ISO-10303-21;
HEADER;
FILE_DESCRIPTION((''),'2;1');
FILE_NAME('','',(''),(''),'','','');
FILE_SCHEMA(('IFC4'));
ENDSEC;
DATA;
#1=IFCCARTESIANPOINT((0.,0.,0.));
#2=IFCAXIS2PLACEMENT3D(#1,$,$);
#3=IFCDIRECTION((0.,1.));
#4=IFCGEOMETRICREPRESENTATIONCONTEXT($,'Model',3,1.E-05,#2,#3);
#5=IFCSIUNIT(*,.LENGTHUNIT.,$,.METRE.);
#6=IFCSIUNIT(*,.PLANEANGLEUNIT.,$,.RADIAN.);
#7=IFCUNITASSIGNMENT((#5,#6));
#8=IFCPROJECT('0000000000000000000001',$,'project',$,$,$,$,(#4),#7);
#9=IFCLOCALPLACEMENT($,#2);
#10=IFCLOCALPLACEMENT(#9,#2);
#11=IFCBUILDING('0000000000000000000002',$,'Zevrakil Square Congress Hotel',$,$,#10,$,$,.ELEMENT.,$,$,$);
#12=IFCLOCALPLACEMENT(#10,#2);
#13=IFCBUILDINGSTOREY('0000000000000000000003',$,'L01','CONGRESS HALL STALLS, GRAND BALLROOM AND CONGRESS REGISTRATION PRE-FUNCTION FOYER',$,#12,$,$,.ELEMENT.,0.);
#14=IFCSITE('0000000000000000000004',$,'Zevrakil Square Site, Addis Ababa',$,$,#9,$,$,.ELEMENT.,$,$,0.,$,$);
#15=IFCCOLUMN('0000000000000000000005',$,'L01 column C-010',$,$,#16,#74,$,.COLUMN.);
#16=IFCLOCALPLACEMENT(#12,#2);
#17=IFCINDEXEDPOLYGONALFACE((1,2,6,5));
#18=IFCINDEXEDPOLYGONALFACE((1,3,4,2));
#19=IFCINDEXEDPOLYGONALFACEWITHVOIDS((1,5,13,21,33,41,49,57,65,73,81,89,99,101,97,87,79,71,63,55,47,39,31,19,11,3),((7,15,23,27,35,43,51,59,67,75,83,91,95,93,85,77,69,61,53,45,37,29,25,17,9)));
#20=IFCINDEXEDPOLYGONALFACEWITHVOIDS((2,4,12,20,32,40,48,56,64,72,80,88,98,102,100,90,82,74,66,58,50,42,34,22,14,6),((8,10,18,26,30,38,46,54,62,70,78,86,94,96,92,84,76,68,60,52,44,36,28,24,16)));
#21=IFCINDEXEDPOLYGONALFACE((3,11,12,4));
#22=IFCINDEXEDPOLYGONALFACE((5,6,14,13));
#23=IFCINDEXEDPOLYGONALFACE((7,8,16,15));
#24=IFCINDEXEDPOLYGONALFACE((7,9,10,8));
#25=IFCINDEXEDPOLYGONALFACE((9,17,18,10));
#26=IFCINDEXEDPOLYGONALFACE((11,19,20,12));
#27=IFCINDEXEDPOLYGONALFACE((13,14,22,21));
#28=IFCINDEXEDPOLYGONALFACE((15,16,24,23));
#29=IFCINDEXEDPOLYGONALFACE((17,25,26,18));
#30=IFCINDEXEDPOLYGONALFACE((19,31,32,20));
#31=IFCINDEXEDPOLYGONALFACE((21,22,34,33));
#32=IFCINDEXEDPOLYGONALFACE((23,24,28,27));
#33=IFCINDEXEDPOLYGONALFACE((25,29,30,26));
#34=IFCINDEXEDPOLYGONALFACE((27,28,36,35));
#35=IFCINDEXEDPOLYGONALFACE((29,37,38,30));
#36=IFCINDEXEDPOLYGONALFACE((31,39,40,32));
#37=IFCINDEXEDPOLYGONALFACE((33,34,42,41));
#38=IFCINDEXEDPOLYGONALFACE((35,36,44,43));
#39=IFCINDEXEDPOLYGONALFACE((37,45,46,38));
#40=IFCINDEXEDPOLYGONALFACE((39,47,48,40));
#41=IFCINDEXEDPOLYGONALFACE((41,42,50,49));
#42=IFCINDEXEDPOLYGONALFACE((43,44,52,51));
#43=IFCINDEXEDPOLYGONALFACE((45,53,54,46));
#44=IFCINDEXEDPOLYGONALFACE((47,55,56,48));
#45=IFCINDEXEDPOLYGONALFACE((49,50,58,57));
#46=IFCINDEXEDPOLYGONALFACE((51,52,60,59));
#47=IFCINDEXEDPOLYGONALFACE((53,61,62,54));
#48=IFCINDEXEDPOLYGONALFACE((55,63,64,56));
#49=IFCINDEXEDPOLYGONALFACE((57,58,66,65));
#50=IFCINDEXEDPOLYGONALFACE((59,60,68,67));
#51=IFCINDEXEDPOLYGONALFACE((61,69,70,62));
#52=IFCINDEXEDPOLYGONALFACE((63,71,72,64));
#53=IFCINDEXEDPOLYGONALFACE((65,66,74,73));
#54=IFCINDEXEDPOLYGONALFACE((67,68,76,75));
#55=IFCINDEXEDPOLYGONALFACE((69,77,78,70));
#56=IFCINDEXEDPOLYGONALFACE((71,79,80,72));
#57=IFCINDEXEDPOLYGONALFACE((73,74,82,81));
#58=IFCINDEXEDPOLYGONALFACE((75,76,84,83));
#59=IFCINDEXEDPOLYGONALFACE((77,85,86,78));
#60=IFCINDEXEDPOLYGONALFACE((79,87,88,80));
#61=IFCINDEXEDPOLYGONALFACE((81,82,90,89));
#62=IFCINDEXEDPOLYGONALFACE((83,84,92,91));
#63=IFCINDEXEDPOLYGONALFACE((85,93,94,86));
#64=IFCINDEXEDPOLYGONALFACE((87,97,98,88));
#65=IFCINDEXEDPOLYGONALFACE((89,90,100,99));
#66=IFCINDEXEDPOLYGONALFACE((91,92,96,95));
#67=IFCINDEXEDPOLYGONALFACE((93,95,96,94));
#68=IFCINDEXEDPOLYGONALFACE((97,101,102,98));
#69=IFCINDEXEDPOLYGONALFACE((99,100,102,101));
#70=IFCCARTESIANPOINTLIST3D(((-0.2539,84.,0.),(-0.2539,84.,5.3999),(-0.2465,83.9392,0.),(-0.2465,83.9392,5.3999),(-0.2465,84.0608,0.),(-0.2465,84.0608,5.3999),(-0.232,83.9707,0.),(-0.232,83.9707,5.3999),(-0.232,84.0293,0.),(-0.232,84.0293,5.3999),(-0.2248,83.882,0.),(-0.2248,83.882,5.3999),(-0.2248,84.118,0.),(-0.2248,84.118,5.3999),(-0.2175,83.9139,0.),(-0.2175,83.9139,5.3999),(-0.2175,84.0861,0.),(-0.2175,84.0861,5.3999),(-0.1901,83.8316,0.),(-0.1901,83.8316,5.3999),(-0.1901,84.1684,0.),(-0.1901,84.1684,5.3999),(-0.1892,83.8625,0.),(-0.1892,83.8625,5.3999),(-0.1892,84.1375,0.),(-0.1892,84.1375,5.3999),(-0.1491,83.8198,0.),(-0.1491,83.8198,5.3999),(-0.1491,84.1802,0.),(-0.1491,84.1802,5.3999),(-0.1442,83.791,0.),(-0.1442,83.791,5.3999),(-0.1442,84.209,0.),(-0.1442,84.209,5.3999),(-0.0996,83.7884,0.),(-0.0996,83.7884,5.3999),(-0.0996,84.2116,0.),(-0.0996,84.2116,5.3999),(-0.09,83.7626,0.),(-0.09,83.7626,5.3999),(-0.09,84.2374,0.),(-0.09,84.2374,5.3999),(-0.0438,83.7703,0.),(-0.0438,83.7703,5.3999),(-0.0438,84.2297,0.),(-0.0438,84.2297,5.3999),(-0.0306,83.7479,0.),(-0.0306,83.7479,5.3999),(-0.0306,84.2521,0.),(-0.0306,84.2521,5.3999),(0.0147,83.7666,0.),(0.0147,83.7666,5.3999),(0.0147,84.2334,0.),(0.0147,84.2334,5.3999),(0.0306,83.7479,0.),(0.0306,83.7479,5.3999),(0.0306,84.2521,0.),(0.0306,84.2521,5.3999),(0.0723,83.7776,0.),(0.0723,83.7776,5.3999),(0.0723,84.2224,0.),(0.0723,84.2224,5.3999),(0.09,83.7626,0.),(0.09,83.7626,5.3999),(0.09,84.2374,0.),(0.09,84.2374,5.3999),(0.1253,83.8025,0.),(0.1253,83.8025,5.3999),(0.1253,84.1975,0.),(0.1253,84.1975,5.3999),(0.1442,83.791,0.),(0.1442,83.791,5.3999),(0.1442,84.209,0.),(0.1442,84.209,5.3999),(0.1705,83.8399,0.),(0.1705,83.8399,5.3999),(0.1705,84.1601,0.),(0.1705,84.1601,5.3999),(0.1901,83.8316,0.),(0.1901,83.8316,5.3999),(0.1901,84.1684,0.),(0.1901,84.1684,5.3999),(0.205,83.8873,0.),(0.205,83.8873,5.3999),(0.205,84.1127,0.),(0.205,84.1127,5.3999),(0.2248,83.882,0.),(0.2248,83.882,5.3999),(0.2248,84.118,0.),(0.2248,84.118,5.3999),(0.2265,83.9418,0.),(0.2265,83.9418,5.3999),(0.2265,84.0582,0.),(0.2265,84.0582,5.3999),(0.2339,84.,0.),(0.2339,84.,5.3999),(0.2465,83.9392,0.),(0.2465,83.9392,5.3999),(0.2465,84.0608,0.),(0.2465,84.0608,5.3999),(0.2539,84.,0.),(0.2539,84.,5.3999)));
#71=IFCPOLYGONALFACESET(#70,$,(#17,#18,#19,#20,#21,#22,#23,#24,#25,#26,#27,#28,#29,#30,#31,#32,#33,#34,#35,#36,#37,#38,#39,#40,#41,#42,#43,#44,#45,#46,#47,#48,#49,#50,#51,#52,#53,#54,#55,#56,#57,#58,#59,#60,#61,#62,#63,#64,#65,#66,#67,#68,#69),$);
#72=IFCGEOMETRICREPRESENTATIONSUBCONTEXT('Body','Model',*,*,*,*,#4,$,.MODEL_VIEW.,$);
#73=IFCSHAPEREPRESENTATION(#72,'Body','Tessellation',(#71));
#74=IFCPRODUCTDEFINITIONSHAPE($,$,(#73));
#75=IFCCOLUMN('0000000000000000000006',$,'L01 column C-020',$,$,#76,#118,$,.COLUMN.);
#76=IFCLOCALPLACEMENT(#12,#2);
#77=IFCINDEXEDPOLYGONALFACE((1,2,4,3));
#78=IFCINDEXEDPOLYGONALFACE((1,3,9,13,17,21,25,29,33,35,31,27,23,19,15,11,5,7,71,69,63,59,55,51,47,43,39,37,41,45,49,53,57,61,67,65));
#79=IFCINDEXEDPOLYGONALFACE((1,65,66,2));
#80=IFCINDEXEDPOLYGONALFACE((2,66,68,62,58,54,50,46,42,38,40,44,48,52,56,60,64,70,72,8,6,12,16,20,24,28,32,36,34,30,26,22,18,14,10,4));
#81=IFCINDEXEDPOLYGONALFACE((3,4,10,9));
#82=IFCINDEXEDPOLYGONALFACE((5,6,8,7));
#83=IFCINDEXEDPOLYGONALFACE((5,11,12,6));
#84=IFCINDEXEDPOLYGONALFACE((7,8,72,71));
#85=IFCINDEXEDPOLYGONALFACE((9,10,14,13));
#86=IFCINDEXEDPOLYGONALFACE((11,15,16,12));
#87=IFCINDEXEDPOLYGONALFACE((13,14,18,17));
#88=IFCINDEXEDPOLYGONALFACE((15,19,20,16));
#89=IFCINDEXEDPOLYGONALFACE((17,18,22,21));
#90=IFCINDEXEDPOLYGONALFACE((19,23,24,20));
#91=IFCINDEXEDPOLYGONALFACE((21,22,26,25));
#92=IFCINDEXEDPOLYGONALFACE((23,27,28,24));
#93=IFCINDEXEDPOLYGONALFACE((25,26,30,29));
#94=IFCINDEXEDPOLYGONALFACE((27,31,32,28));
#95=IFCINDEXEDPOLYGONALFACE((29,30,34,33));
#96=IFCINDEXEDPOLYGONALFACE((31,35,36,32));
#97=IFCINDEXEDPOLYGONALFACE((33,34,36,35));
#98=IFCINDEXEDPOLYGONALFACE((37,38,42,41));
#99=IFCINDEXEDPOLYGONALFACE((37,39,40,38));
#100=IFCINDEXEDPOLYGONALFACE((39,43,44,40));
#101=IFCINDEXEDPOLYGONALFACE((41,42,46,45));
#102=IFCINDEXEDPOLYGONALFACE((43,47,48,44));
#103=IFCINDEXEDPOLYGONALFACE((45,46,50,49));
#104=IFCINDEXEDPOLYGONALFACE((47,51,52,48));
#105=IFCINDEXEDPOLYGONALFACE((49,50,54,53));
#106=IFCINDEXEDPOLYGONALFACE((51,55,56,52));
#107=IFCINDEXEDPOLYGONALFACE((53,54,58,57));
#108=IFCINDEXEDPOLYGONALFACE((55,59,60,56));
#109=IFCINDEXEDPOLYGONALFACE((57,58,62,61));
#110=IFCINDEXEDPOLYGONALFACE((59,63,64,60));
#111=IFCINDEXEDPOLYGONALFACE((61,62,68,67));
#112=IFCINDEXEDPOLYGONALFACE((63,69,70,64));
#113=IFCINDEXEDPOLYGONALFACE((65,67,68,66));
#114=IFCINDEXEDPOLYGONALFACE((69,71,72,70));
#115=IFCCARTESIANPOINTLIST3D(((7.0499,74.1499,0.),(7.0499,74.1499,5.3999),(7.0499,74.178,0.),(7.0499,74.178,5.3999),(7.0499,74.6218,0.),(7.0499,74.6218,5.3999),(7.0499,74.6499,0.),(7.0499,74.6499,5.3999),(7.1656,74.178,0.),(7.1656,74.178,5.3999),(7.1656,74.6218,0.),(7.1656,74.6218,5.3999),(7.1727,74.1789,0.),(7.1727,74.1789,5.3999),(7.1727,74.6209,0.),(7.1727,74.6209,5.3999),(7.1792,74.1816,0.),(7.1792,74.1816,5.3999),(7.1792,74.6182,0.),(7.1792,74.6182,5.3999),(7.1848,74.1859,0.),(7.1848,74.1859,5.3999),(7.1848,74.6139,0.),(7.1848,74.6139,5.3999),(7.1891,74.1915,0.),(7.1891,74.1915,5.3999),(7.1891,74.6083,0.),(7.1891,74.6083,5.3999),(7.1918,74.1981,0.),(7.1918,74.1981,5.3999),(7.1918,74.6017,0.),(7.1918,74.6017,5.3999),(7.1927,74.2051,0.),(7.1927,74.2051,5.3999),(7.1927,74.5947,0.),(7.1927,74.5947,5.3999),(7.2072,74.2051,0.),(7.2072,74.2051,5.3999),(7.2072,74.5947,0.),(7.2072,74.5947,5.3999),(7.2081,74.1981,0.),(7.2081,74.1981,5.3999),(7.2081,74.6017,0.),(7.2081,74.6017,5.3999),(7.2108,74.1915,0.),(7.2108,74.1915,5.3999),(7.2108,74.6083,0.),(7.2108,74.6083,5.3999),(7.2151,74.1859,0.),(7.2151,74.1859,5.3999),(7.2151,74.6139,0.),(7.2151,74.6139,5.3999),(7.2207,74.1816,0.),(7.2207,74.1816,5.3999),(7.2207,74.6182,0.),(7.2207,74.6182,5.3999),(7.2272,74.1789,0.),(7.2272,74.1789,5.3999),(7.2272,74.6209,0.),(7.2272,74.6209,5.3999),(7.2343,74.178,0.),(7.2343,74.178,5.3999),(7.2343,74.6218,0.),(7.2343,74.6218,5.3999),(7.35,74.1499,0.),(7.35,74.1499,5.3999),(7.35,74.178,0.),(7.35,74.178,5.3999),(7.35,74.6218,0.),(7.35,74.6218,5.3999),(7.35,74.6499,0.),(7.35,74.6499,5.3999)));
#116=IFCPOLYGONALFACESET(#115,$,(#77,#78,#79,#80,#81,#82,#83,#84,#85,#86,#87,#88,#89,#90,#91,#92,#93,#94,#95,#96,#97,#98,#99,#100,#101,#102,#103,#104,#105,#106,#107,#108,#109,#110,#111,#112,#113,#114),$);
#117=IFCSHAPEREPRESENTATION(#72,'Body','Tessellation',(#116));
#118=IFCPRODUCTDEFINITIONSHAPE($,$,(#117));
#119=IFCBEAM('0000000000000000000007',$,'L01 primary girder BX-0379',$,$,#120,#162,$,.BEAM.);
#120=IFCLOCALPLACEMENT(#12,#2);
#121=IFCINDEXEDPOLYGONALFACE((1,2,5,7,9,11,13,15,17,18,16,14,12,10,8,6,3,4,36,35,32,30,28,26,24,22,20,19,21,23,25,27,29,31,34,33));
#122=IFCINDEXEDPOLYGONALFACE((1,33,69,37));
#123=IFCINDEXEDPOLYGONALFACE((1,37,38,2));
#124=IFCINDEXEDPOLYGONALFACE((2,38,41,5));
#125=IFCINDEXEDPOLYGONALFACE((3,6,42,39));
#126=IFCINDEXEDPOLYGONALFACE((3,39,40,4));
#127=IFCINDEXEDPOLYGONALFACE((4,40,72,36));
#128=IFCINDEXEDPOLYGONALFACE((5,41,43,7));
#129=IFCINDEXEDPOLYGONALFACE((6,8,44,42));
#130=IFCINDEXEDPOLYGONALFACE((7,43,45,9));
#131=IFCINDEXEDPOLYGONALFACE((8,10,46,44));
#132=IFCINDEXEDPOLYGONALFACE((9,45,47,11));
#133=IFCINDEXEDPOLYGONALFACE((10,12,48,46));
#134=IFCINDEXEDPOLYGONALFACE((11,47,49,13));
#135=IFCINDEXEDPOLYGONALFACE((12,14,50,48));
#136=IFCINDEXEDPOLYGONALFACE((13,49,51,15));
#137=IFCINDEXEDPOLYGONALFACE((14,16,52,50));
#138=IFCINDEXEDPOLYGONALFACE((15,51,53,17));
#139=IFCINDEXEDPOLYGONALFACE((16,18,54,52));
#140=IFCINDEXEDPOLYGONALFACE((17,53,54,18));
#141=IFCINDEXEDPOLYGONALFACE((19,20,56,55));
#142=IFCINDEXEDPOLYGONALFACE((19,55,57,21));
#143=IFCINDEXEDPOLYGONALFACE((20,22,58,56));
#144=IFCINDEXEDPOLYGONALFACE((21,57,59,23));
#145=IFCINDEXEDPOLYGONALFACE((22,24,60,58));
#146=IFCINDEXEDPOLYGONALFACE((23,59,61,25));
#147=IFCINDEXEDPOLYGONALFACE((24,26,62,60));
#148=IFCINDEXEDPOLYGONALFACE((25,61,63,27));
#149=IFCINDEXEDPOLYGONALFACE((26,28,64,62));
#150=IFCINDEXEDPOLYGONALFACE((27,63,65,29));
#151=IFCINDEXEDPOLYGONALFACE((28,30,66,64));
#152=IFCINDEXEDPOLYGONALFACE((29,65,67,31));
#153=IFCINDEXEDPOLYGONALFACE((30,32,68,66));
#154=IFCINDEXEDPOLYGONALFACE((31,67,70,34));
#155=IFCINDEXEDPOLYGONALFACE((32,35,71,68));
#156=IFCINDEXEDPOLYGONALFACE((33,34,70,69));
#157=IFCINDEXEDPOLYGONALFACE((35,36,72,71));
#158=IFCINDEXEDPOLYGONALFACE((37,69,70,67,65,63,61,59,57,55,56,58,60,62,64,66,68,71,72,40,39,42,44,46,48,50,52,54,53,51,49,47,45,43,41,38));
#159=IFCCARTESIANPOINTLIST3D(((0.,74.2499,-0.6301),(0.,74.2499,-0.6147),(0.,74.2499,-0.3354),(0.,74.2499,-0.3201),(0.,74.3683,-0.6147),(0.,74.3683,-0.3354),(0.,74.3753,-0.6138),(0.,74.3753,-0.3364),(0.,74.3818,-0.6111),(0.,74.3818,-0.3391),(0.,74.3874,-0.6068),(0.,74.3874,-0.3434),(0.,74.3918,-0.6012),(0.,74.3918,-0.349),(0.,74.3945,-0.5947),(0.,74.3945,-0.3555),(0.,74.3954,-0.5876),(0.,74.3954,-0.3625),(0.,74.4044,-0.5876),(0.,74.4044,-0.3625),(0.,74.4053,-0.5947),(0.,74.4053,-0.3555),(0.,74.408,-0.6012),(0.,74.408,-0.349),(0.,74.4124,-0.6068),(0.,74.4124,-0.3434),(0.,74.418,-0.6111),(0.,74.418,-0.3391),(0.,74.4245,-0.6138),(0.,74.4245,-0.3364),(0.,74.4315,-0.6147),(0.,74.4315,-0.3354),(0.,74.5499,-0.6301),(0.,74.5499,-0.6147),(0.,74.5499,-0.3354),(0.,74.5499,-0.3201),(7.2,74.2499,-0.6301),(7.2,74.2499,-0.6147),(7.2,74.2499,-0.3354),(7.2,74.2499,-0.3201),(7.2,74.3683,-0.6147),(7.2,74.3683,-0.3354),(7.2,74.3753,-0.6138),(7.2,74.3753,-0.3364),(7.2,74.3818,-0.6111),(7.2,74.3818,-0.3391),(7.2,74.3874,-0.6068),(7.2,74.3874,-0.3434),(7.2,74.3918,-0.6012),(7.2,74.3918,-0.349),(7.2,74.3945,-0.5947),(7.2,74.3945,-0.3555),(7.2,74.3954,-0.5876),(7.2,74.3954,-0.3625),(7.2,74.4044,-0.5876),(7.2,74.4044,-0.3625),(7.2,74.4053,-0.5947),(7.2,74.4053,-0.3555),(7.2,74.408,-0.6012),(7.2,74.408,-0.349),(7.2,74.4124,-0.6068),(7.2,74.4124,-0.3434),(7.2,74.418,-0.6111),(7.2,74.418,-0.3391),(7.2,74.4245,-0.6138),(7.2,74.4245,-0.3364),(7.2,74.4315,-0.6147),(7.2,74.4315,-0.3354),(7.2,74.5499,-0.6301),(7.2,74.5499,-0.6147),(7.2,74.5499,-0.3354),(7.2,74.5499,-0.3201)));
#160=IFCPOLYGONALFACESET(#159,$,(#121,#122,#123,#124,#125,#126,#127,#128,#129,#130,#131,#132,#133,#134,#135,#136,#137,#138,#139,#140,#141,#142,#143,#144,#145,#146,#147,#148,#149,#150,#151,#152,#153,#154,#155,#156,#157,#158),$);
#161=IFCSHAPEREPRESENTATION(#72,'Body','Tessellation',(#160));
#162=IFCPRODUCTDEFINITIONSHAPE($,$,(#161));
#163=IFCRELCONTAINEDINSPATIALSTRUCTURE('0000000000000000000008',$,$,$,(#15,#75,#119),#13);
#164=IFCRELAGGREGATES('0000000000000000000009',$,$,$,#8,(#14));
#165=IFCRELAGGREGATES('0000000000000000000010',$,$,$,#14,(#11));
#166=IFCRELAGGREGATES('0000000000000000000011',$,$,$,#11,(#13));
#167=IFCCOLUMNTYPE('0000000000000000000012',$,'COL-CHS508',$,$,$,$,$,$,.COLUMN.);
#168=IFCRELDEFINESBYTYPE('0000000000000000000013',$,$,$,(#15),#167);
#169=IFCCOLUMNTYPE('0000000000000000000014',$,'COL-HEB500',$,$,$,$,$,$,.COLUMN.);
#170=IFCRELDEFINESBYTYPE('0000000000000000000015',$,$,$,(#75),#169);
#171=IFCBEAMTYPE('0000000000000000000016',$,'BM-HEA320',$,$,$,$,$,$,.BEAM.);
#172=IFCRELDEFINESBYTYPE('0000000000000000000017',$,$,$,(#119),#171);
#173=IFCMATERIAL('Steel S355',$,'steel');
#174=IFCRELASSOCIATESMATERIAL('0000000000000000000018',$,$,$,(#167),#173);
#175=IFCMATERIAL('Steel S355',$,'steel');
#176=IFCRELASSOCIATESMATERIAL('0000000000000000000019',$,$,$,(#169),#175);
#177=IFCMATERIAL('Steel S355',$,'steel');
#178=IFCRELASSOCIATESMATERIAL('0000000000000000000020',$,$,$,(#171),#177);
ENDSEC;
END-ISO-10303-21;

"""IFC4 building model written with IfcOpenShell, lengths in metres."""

from ifc_helpers import new_model, si_unit, direction, frame, origin, origin_2d, place, context, subcontext, project, spatial, hollow_circle, i_section, extrude, material, material_profile, profile_set, type_object, element, save


model = new_model("IFC4")

# Units and contexts
model_context = context("Model", 3, precision=1e-05, world=origin(), true_north=direction((0.0, 1.0)))
body_context = subcontext(model_context, "Body", "Model", "MODEL_VIEW")
ifc_project = project(units=[si_unit("LENGTHUNIT", "METRE"), si_unit("PLANEANGLEUNIT", "RADIAN")], contexts=[model_context])

# Site, building, storey
site_placement = place(None, origin())
site = spatial("IfcSite", under=ifc_project, at=site_placement, Name="Zevrakil Square Site, Addis Ababa", CompositionType="ELEMENT", RefElevation=0.0)
building_placement = place(site_placement, origin())
building = spatial("IfcBuilding", under=site, at=building_placement, Name="Zevrakil Square Congress Hotel", CompositionType="ELEMENT")
storey_placement = place(building_placement, origin())
storey = spatial("IfcBuildingStorey", under=building, at=storey_placement, Name="L01", Description="CONGRESS HALL STALLS, GRAND BALLROOM AND CONGRESS REGISTRATION PRE-FUNCTION FOYER", CompositionType="ELEMENT", Elevation=0.0)

# Columns
ifc_material_1 = material(Name="Steel S355", Category="steel")
ifc_material_profile_1 = material_profile(ifc_material_1, hollow_circle(Radius=0.2539, WallThickness=0.02, at=origin_2d()), Name="CHS 508x20")
ifc_profile_set_1 = profile_set([ifc_material_profile_1], Name="Steel S355")
column_type_1 = type_object("IfcColumnType", Name="COL-CHS508", PredefinedType="COLUMN", material=ifc_profile_set_1)
for number, where, z_axis, x_axis, name in (
    (1, (0.0, 84.0, 0.0), (0.0, 0.0, 1.0), (1.0, 0.0, 0.0), "L01 column C-010"),
):
    element("IfcColumn", number, at=place(storey_placement, frame(where, z_axis=z_axis, x_axis=x_axis)), inside=storey, type_object=column_type_1, Name=name, PredefinedType="COLUMN", context=body_context, shape_type="SweptSolid", body=[
        extrude(hollow_circle(Radius=0.2539, WallThickness=0.02, at=origin_2d()), origin(), (0.0, 0.0, 1.0), 5.3999),
    ])
ifc_material_2 = material(Name="Steel S355", Category="steel")
ifc_material_profile_2 = material_profile(ifc_material_2, i_section(OverallWidth=0.3, OverallDepth=0.5, WebThickness=0.0144, FlangeThickness=0.0281, FilletRadius=0.0271, at=origin_2d()), Name="HEB 500")
ifc_profile_set_2 = profile_set([ifc_material_profile_2], Name="Steel S355")
column_type_2 = type_object("IfcColumnType", Name="COL-HEB500", PredefinedType="COLUMN", material=ifc_profile_set_2)
column_placement = place(storey_placement, frame((7.2, 74.3999, 0.0), z_axis=(0.0, 0.0, 1.0), x_axis=(1.0, 0.0, 0.0)))
element("IfcColumn", 2, at=column_placement, inside=storey, type_object=column_type_2, Name="L01 column C-020", PredefinedType="COLUMN", context=body_context, shape_type="SweptSolid", body=[
    extrude(i_section(OverallWidth=0.3, OverallDepth=0.5, WebThickness=0.0144, FlangeThickness=0.0281, FilletRadius=0.0271, at=origin_2d()), origin(), (0.0, 0.0, 1.0), 5.3999),
])

# Beam
ifc_material_3 = material(Name="Steel S355", Category="steel")
ifc_material_profile_3 = material_profile(ifc_material_3, i_section(OverallWidth=0.3, OverallDepth=0.3101, WebThickness=0.009, FlangeThickness=0.0154, FilletRadius=0.0271, at=origin_2d()), Name="HEA 320")
ifc_profile_set_3 = profile_set([ifc_material_profile_3], Name="Steel S355")
beam_type_1 = type_object("IfcBeamType", Name="BM-HEA320", PredefinedType="BEAM", material=ifc_profile_set_3)
for number, where, z_axis, x_axis, name in (
    (3, (0.0, 74.3999, -0.4751), (1.0, 0.0, 0.0), (0.0, 1.0, 0.0), "L01 primary girder BX-0379"),
):
    element("IfcBeam", number, at=place(storey_placement, frame(where, z_axis=z_axis, x_axis=x_axis)), inside=storey, type_object=beam_type_1, Name=name, PredefinedType="BEAM", context=body_context, shape_type="SweptSolid", body=[
        extrude(i_section(OverallWidth=0.3, OverallDepth=0.3101, WebThickness=0.009, FlangeThickness=0.0154, FilletRadius=0.0271, at=origin_2d()), origin(), (0.0, 0.0, 1.0), 7.2),
    ])

save(model, "model.ifc")
